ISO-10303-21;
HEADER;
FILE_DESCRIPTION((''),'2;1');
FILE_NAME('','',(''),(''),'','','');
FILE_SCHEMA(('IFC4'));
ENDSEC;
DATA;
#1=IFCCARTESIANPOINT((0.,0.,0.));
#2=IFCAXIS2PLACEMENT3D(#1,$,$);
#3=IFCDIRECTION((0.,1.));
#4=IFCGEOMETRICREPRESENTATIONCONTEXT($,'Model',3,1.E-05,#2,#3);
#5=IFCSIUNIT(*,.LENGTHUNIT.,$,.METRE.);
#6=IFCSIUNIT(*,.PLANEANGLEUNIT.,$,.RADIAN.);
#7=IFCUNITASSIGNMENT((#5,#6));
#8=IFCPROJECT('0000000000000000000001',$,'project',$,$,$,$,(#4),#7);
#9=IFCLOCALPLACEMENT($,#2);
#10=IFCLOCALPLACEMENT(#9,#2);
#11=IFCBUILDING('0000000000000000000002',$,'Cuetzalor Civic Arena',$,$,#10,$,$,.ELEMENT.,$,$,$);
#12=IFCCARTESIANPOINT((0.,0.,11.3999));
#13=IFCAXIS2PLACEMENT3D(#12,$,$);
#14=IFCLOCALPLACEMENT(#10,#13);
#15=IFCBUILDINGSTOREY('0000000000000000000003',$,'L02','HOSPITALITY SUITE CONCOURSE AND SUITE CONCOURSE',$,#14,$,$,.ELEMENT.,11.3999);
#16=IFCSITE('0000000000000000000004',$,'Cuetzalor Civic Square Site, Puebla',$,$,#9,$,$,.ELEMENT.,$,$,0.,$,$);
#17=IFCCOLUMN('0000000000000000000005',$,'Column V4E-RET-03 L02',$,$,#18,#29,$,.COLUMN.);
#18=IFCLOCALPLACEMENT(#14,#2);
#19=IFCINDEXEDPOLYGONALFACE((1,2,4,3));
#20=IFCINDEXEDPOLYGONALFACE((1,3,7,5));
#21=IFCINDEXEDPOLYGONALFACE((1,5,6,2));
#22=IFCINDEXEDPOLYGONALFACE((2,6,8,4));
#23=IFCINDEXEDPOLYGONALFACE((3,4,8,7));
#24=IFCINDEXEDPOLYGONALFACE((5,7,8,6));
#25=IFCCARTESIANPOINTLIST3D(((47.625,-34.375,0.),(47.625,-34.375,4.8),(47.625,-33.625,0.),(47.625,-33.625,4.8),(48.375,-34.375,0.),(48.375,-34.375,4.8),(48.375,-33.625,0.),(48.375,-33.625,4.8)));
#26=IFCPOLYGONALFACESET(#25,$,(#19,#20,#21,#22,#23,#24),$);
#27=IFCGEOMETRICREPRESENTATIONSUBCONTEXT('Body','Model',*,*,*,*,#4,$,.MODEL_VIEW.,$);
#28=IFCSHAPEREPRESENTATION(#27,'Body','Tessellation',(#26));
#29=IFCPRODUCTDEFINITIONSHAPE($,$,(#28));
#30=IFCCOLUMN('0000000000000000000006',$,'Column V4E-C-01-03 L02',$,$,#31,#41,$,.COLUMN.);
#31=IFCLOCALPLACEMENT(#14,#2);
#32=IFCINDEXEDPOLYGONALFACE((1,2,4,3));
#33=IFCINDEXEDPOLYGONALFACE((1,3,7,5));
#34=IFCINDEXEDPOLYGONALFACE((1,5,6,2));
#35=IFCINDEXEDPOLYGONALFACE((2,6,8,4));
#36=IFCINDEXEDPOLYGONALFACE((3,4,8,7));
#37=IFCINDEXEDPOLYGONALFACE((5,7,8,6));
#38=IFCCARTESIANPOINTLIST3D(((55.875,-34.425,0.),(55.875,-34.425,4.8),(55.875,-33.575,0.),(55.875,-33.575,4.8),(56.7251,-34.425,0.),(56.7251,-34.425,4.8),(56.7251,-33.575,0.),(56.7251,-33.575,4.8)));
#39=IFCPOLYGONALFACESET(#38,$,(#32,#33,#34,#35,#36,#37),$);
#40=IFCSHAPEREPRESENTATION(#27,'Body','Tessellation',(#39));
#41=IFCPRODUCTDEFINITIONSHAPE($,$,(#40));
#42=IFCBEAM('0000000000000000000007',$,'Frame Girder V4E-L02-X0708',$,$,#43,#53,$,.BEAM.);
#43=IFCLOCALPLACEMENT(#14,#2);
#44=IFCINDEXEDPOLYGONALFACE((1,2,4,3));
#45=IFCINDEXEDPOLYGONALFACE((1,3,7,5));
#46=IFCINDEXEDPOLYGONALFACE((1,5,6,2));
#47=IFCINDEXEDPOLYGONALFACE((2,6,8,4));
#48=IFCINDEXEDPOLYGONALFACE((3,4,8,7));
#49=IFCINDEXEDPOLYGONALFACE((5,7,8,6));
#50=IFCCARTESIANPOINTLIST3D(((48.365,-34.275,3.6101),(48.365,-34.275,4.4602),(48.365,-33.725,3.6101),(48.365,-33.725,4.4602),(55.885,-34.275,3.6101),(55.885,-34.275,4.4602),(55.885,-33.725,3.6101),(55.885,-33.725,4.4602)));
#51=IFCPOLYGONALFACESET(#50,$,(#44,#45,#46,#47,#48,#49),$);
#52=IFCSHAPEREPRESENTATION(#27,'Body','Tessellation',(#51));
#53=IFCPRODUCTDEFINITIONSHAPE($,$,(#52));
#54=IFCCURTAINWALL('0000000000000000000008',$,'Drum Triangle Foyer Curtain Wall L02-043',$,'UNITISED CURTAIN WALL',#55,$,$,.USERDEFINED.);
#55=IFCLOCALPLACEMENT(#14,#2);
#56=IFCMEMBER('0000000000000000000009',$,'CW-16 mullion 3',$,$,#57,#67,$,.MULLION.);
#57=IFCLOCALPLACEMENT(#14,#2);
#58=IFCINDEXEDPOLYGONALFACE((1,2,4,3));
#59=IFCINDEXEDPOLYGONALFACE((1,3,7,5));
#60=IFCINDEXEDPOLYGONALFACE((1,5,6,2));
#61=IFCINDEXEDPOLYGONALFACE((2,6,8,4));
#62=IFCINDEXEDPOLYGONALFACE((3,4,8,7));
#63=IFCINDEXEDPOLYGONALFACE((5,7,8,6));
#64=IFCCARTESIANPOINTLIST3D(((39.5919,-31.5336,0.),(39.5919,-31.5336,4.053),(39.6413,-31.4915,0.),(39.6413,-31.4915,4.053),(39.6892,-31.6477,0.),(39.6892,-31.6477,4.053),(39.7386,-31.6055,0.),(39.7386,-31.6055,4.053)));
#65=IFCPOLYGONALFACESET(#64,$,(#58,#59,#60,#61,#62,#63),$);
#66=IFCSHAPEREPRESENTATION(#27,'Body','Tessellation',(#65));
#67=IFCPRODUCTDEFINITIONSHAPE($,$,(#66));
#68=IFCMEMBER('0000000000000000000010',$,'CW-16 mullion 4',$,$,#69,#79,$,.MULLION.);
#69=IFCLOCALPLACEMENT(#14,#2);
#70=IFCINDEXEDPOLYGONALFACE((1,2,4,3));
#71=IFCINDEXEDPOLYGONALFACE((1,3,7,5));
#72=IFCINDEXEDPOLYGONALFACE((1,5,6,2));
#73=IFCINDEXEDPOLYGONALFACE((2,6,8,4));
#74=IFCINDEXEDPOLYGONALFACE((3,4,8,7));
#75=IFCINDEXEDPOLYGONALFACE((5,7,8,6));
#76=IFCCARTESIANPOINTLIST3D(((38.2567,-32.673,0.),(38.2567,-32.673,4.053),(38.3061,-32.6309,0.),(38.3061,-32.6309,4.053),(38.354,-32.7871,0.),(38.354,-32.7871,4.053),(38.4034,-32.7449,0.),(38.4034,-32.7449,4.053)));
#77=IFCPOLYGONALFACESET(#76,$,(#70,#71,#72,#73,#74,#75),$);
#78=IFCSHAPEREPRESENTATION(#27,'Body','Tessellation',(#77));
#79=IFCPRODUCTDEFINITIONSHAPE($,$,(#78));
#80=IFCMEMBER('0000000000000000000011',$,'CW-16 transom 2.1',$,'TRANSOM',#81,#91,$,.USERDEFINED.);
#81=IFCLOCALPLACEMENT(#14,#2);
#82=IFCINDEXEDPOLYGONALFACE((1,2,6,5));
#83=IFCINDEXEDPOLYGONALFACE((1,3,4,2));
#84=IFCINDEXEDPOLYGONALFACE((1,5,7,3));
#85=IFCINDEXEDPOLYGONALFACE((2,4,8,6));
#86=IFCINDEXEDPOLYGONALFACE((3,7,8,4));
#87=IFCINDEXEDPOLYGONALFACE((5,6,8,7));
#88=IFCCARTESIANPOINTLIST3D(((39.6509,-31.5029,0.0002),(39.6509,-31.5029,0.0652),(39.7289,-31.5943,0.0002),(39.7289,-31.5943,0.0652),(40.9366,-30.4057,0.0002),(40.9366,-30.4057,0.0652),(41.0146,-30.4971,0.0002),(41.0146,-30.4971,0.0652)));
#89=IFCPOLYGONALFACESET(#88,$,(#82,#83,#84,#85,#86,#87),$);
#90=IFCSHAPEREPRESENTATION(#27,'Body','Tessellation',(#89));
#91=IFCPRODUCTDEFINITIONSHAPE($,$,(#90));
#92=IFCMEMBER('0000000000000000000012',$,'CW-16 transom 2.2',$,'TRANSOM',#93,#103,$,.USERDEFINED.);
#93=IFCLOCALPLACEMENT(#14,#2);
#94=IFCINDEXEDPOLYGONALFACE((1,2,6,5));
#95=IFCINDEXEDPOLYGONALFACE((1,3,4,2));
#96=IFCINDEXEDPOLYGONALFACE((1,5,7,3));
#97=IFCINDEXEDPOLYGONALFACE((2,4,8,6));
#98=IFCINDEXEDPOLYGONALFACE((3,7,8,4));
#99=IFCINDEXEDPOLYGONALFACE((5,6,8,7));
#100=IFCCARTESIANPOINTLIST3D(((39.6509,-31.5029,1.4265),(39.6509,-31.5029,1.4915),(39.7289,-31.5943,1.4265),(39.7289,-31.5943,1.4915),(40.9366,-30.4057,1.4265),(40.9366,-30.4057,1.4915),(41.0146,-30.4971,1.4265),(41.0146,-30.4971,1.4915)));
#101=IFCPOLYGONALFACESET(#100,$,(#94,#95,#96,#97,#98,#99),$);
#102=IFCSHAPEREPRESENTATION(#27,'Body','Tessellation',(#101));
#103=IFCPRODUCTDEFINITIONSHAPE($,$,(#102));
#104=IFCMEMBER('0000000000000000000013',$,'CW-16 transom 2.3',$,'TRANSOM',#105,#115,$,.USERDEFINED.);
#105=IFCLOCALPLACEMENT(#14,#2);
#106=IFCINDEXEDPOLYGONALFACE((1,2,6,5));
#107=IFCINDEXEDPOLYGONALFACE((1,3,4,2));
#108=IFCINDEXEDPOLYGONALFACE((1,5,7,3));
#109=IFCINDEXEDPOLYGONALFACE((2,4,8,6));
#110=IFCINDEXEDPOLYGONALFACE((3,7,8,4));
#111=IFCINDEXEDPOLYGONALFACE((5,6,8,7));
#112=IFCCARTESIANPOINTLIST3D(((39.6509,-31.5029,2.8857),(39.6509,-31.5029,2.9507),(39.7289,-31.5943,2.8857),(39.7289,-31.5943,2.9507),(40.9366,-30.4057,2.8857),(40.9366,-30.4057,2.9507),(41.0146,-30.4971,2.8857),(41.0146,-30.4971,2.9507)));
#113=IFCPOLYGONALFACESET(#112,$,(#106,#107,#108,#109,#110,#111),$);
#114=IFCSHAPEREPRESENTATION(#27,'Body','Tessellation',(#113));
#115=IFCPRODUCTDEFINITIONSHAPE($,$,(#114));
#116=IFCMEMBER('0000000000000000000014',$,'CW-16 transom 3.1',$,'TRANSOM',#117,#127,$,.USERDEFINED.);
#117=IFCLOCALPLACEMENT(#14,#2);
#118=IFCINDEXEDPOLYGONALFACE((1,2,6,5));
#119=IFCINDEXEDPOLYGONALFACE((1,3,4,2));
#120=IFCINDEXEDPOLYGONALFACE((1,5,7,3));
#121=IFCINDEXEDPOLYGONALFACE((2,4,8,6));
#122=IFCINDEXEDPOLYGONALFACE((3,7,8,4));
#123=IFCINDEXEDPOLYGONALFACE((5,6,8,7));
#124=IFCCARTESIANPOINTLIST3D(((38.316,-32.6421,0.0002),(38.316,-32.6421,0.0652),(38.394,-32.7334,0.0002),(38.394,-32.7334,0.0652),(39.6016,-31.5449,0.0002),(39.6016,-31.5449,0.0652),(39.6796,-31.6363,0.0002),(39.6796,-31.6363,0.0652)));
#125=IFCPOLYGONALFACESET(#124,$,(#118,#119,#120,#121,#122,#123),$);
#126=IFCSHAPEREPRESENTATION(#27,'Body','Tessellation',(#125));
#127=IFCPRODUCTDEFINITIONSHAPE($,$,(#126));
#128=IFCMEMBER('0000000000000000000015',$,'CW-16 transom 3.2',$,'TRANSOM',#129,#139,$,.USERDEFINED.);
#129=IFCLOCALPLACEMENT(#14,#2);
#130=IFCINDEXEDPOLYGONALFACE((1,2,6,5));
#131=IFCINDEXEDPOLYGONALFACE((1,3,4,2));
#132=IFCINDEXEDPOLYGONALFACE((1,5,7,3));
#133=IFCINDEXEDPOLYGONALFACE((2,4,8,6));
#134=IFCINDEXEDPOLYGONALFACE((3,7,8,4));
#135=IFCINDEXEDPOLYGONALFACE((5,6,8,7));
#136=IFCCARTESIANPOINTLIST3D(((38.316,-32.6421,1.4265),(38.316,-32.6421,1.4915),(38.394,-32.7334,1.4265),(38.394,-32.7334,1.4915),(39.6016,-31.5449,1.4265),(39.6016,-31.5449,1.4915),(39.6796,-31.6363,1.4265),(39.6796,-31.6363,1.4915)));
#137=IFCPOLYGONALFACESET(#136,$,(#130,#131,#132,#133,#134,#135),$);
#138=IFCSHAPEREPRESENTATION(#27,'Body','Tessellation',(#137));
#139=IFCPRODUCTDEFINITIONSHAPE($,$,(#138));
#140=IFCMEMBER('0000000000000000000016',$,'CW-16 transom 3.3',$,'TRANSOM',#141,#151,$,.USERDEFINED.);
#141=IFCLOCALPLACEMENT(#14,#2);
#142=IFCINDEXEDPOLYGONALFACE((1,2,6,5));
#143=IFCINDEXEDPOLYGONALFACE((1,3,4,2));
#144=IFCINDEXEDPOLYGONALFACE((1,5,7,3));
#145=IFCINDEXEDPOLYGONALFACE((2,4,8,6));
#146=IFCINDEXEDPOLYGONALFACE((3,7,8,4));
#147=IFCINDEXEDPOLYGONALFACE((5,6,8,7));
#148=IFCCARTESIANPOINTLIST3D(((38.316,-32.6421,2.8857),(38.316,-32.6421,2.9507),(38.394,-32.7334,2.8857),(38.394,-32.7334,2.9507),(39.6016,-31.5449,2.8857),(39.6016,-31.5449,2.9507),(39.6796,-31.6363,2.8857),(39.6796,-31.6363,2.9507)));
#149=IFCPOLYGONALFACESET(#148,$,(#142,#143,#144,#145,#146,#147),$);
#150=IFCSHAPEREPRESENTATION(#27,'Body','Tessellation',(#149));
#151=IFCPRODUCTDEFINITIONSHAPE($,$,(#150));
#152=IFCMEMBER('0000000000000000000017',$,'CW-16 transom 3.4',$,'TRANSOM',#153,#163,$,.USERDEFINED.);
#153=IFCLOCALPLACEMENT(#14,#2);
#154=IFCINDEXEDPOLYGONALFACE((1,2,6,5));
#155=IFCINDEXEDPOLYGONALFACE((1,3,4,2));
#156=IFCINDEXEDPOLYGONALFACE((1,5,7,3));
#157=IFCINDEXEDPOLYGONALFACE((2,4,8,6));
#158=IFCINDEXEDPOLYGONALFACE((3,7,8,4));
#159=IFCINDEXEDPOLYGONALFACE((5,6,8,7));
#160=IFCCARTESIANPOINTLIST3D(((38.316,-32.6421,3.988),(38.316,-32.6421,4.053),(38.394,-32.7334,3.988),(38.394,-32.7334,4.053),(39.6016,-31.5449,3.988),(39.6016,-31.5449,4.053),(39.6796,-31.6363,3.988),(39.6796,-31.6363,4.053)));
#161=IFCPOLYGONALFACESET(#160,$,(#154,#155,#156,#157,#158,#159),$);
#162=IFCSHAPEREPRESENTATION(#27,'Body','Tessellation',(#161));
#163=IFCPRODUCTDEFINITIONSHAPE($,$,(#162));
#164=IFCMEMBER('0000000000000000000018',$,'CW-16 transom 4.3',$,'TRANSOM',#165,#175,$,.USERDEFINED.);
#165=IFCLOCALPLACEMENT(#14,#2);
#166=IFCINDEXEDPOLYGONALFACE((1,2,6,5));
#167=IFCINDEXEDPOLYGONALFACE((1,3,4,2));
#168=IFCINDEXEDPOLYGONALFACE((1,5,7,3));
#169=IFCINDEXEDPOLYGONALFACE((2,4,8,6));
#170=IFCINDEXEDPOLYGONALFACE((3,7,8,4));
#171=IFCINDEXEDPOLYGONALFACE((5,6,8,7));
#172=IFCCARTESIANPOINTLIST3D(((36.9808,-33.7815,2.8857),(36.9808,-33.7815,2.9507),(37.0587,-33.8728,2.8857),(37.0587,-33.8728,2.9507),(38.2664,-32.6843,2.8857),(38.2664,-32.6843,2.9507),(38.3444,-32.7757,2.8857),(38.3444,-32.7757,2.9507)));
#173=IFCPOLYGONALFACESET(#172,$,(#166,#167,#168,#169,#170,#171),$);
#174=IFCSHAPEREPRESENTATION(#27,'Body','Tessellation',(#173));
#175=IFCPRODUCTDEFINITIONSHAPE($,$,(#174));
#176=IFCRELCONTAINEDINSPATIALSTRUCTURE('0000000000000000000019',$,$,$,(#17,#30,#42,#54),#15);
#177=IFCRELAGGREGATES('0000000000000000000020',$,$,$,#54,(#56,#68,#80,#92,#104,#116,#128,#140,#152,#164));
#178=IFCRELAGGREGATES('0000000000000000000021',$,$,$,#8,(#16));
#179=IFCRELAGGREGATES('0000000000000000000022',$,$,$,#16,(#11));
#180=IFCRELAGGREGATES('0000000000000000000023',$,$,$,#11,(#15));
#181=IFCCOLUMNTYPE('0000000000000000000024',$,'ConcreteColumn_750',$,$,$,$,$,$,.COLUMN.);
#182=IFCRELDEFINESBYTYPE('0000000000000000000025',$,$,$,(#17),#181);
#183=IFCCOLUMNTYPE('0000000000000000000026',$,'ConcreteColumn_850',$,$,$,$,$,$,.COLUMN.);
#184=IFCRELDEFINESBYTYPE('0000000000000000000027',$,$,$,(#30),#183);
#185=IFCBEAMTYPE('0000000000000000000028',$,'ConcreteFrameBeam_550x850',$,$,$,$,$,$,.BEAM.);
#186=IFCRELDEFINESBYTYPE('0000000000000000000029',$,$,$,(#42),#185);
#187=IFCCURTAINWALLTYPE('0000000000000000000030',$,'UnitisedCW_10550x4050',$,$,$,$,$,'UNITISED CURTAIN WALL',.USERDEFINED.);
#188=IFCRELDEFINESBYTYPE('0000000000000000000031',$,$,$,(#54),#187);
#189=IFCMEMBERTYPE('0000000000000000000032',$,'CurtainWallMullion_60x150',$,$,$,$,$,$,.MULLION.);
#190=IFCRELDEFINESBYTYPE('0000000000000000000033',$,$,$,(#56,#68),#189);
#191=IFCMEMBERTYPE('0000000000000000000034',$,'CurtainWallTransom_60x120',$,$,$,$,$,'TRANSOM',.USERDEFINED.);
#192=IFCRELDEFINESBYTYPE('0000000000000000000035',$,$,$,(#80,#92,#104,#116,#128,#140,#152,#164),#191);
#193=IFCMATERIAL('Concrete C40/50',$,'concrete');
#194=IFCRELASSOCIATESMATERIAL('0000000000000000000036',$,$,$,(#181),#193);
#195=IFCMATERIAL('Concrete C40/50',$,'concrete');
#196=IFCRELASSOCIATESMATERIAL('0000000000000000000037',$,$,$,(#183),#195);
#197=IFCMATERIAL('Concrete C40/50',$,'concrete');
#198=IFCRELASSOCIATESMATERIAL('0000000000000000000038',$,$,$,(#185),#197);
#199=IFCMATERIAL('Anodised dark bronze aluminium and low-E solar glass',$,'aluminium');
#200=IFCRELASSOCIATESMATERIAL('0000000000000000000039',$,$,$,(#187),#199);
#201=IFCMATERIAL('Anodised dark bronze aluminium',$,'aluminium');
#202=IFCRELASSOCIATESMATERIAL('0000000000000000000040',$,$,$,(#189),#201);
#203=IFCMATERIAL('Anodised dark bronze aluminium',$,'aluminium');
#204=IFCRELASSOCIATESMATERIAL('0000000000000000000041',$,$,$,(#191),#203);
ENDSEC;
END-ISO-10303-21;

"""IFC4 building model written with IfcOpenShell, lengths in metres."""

from ifc_helpers import new_model, si_unit, direction, frame, origin, origin_2d, place, context, subcontext, project, spatial, rectangle, extrude, material, material_profile, profile_set, type_object, element, aggregate, save


model = new_model("IFC4")

# Units and contexts
model_context = context("Model", 3, precision=1e-05, world=origin(), true_north=direction((0.0, 1.0)))
body_context = subcontext(model_context, "Body", "Model", "MODEL_VIEW")
ifc_project = project(units=[si_unit("LENGTHUNIT", "METRE"), si_unit("PLANEANGLEUNIT", "RADIAN")], contexts=[model_context])

# Site, building, storey
site_placement = place(None, origin())
site = spatial("IfcSite", under=ifc_project, at=site_placement, Name="Cuetzalor Civic Square Site, Puebla", CompositionType="ELEMENT", RefElevation=0.0)
building_placement = place(site_placement, origin())
building = spatial("IfcBuilding", under=site, at=building_placement, Name="Cuetzalor Civic Arena", CompositionType="ELEMENT")
storey_placement = place(building_placement, frame((0.0, 0.0, 11.3999)))
storey = spatial("IfcBuildingStorey", under=building, at=storey_placement, Name="L02", Description="HOSPITALITY SUITE CONCOURSE AND SUITE CONCOURSE", CompositionType="ELEMENT", Elevation=11.3999)

# Columns
ifc_material_1 = material(Name="Concrete C40/50", Category="concrete")
ifc_material_profile_1 = material_profile(ifc_material_1, rectangle(XDim=0.75, YDim=0.75, at=origin_2d()), Name="RC 750x750")
ifc_profile_set_1 = profile_set([ifc_material_profile_1], Name="Concrete C40/50")
column_type_1 = type_object("IfcColumnType", Name="ConcreteColumn_750", PredefinedType="COLUMN", material=ifc_profile_set_1)
column_1_placement = place(storey_placement, frame((48.0, -34.0, 0.0), z_axis=(0.0, 0.0, 1.0), x_axis=(1.0, 0.0, 0.0)))
element("IfcColumn", 1, at=column_1_placement, inside=storey, type_object=column_type_1, Name="Column V4E-RET-03 L02", PredefinedType="COLUMN", context=body_context, shape_type="SweptSolid", body=[
    extrude(rectangle(XDim=0.75, YDim=0.75, at=origin_2d()), origin(), (0.0, 0.0, 1.0), 4.8),
])
ifc_material_2 = material(Name="Concrete C40/50", Category="concrete")
ifc_material_profile_2 = material_profile(ifc_material_2, rectangle(XDim=0.8501, YDim=0.8501, at=origin_2d()), Name="RC 850x850")
ifc_profile_set_2 = profile_set([ifc_material_profile_2], Name="Concrete C40/50")
column_type_2 = type_object("IfcColumnType", Name="ConcreteColumn_850", PredefinedType="COLUMN", material=ifc_profile_set_2)
column_2_placement = place(storey_placement, frame((56.3, -34.0, 0.0), z_axis=(0.0, 0.0, 1.0), x_axis=(1.0, 0.0, 0.0)))
element("IfcColumn", 2, at=column_2_placement, inside=storey, type_object=column_type_2, Name="Column V4E-C-01-03 L02", PredefinedType="COLUMN", context=body_context, shape_type="SweptSolid", body=[
    extrude(rectangle(XDim=0.8501, YDim=0.8501, at=origin_2d()), origin(), (0.0, 0.0, 1.0), 4.8),
])

# Beam
ifc_material_3 = material(Name="Concrete C40/50", Category="concrete")
ifc_material_profile_3 = material_profile(ifc_material_3, rectangle(XDim=0.55, YDim=0.8501, at=origin_2d()), Name="RC 550x850")
ifc_profile_set_3 = profile_set([ifc_material_profile_3], Name="Concrete C40/50")
beam_type_1 = type_object("IfcBeamType", Name="ConcreteFrameBeam_550x850", PredefinedType="BEAM", material=ifc_profile_set_3)
beam_1_placement = place(storey_placement, frame((48.365, -34.0, 4.0352), z_axis=(1.0, 0.0, 0.0), x_axis=(0.0, 1.0, 0.0)))
element("IfcBeam", 3, at=beam_1_placement, inside=storey, type_object=beam_type_1, Name="Frame Girder V4E-L02-X0708", PredefinedType="BEAM", context=body_context, shape_type="SweptSolid", body=[
    extrude(rectangle(XDim=0.55, YDim=0.8501, at=origin_2d()), origin(), (0.0, 0.0, 1.0), 7.52),
])

# Curtain wall, members
ifc_material_4 = material(Name="Anodised dark bronze aluminium and low-E solar glass", Category="aluminium")
curtain_wall_type = type_object("IfcCurtainWallType", Name="UnitisedCW_10550x4050", ElementType="UNITISED CURTAIN WALL", PredefinedType="USERDEFINED", material=ifc_material_4)
curtain_wall_placement = place(storey_placement, origin())
curtain_wall = element("IfcCurtainWall", 4, at=curtain_wall_placement, inside=storey, type_object=curtain_wall_type, Name="Drum Triangle Foyer Curtain Wall L02-043", ObjectType="UNITISED CURTAIN WALL", PredefinedType="USERDEFINED")
ifc_material_5 = material(Name="Anodised dark bronze aluminium", Category="aluminium")
ifc_material_profile_4 = material_profile(ifc_material_5, rectangle(XDim=0.0649, YDim=0.1499, at=origin_2d()), Name="ALU MULLION 65x150")
ifc_profile_set_4 = profile_set([ifc_material_profile_4], Name="Anodised dark bronze aluminium")
member_type_1 = type_object("IfcMemberType", Name="CurtainWallMullion_60x150", PredefinedType="MULLION", material=ifc_profile_set_4)
member_1_placement = place(storey_placement, frame((39.6653, -31.5696, 0.0), z_axis=(0.0, 0.0, 1.0), x_axis=(-0.760677, -0.64913, 0.0)))
member_1 = element("IfcMember", 5, at=member_1_placement, type_object=member_type_1, Name="CW-16 mullion 3", PredefinedType="MULLION", context=body_context, shape_type="SweptSolid", body=[
    extrude(rectangle(XDim=0.0649, YDim=0.1499, at=origin_2d()), origin(), (0.0, 0.0, 1.0), 4.053),
])
member_2_placement = place(storey_placement, frame((38.3301, -32.709, 0.0), z_axis=(0.0, 0.0, 1.0), x_axis=(-0.760677, -0.64913, 0.0)))
member_2 = element("IfcMember", 6, at=member_2_placement, type_object=member_type_1, Name="CW-16 mullion 4", PredefinedType="MULLION", context=body_context, shape_type="SweptSolid", body=[
    extrude(rectangle(XDim=0.0649, YDim=0.1499, at=origin_2d()), origin(), (0.0, 0.0, 1.0), 4.053),
])
ifc_material_6 = material(Name="Anodised dark bronze aluminium", Category="aluminium")
ifc_material_profile_5 = material_profile(ifc_material_6, rectangle(XDim=0.1201, YDim=0.0649, at=origin_2d()), Name="ALU TRANSOM 65x120")
ifc_profile_set_5 = profile_set([ifc_material_profile_5], Name="Anodised dark bronze aluminium")
member_type_2 = type_object("IfcMemberType", Name="CurtainWallTransom_60x120", ElementType="TRANSOM", PredefinedType="USERDEFINED", material=ifc_profile_set_5)
member_3_placement = place(storey_placement, frame((40.9756, -30.4514, 0.0327), z_axis=(-0.760662, -0.649148, 0.0), x_axis=(0.649148, -0.760662, 0.0)))
member_3 = element("IfcMember", 7, at=member_3_placement, type_object=member_type_2, Name="CW-16 transom 2.1", ObjectType="TRANSOM", PredefinedType="USERDEFINED", context=body_context, shape_type="SweptSolid", body=[
    extrude(rectangle(XDim=0.1201, YDim=0.0649, at=origin_2d()), origin(), (0.0, 0.0, 1.0), 1.6902),
])
member_4_placement = place(storey_placement, frame((40.9756, -30.4514, 1.459), z_axis=(-0.760662, -0.649148, 0.0), x_axis=(0.649148, -0.760662, 0.0)))
member_4 = element("IfcMember", 8, at=member_4_placement, type_object=member_type_2, Name="CW-16 transom 2.2", ObjectType="TRANSOM", PredefinedType="USERDEFINED", context=body_context, shape_type="SweptSolid", body=[
    extrude(rectangle(XDim=0.1201, YDim=0.0649, at=origin_2d()), origin(), (0.0, 0.0, 1.0), 1.6902),
])
member_5_placement = place(storey_placement, frame((40.9756, -30.4514, 2.9182), z_axis=(-0.760662, -0.649148, 0.0), x_axis=(0.649148, -0.760662, 0.0)))
member_5 = element("IfcMember", 9, at=member_5_placement, type_object=member_type_2, Name="CW-16 transom 2.3", ObjectType="TRANSOM", PredefinedType="USERDEFINED", context=body_context, shape_type="SweptSolid", body=[
    extrude(rectangle(XDim=0.1201, YDim=0.0649, at=origin_2d()), origin(), (0.0, 0.0, 1.0), 1.6902),
])
member_6_placement = place(storey_placement, frame((39.6406, -31.5906, 0.0327), z_axis=(-0.760662, -0.649148, 0.0), x_axis=(0.649148, -0.760662, 0.0)))
member_6 = element("IfcMember", 10, at=member_6_placement, type_object=member_type_2, Name="CW-16 transom 3.1", ObjectType="TRANSOM", PredefinedType="USERDEFINED", context=body_context, shape_type="SweptSolid", body=[
    extrude(rectangle(XDim=0.1201, YDim=0.0649, at=origin_2d()), origin(), (0.0, 0.0, 1.0), 1.6902),
])
member_7_placement = place(storey_placement, frame((39.6406, -31.5906, 1.459), z_axis=(-0.760662, -0.649148, 0.0), x_axis=(0.649148, -0.760662, 0.0)))
member_7 = element("IfcMember", 11, at=member_7_placement, type_object=member_type_2, Name="CW-16 transom 3.2", ObjectType="TRANSOM", PredefinedType="USERDEFINED", context=body_context, shape_type="SweptSolid", body=[
    extrude(rectangle(XDim=0.1201, YDim=0.0649, at=origin_2d()), origin(), (0.0, 0.0, 1.0), 1.6902),
])
member_8_placement = place(storey_placement, frame((39.6406, -31.5906, 2.9182), z_axis=(-0.760662, -0.649148, 0.0), x_axis=(0.649148, -0.760662, 0.0)))
member_8 = element("IfcMember", 12, at=member_8_placement, type_object=member_type_2, Name="CW-16 transom 3.3", ObjectType="TRANSOM", PredefinedType="USERDEFINED", context=body_context, shape_type="SweptSolid", body=[
    extrude(rectangle(XDim=0.1201, YDim=0.0649, at=origin_2d()), origin(), (0.0, 0.0, 1.0), 1.6902),
])
member_9_placement = place(storey_placement, frame((39.6406, -31.5906, 4.0205), z_axis=(-0.760662, -0.649148, 0.0), x_axis=(0.649148, -0.760662, 0.0)))
member_9 = element("IfcMember", 13, at=member_9_placement, type_object=member_type_2, Name="CW-16 transom 3.4", ObjectType="TRANSOM", PredefinedType="USERDEFINED", context=body_context, shape_type="SweptSolid", body=[
    extrude(rectangle(XDim=0.1201, YDim=0.0649, at=origin_2d()), origin(), (0.0, 0.0, 1.0), 1.6902),
])
member_10_placement = place(storey_placement, frame((38.3054, -32.73, 2.9182), z_axis=(-0.760662, -0.649148, 0.0), x_axis=(0.649148, -0.760662, 0.0)))
member_10 = element("IfcMember", 14, at=member_10_placement, type_object=member_type_2, Name="CW-16 transom 4.3", ObjectType="TRANSOM", PredefinedType="USERDEFINED", context=body_context, shape_type="SweptSolid", body=[
    extrude(rectangle(XDim=0.1201, YDim=0.0649, at=origin_2d()), origin(), (0.0, 0.0, 1.0), 1.6902),
])

aggregate(curtain_wall, [member_1, member_2, member_3, member_4, member_5, member_6, member_7, member_8, member_9, member_10])

save(model, "model.ifc")
